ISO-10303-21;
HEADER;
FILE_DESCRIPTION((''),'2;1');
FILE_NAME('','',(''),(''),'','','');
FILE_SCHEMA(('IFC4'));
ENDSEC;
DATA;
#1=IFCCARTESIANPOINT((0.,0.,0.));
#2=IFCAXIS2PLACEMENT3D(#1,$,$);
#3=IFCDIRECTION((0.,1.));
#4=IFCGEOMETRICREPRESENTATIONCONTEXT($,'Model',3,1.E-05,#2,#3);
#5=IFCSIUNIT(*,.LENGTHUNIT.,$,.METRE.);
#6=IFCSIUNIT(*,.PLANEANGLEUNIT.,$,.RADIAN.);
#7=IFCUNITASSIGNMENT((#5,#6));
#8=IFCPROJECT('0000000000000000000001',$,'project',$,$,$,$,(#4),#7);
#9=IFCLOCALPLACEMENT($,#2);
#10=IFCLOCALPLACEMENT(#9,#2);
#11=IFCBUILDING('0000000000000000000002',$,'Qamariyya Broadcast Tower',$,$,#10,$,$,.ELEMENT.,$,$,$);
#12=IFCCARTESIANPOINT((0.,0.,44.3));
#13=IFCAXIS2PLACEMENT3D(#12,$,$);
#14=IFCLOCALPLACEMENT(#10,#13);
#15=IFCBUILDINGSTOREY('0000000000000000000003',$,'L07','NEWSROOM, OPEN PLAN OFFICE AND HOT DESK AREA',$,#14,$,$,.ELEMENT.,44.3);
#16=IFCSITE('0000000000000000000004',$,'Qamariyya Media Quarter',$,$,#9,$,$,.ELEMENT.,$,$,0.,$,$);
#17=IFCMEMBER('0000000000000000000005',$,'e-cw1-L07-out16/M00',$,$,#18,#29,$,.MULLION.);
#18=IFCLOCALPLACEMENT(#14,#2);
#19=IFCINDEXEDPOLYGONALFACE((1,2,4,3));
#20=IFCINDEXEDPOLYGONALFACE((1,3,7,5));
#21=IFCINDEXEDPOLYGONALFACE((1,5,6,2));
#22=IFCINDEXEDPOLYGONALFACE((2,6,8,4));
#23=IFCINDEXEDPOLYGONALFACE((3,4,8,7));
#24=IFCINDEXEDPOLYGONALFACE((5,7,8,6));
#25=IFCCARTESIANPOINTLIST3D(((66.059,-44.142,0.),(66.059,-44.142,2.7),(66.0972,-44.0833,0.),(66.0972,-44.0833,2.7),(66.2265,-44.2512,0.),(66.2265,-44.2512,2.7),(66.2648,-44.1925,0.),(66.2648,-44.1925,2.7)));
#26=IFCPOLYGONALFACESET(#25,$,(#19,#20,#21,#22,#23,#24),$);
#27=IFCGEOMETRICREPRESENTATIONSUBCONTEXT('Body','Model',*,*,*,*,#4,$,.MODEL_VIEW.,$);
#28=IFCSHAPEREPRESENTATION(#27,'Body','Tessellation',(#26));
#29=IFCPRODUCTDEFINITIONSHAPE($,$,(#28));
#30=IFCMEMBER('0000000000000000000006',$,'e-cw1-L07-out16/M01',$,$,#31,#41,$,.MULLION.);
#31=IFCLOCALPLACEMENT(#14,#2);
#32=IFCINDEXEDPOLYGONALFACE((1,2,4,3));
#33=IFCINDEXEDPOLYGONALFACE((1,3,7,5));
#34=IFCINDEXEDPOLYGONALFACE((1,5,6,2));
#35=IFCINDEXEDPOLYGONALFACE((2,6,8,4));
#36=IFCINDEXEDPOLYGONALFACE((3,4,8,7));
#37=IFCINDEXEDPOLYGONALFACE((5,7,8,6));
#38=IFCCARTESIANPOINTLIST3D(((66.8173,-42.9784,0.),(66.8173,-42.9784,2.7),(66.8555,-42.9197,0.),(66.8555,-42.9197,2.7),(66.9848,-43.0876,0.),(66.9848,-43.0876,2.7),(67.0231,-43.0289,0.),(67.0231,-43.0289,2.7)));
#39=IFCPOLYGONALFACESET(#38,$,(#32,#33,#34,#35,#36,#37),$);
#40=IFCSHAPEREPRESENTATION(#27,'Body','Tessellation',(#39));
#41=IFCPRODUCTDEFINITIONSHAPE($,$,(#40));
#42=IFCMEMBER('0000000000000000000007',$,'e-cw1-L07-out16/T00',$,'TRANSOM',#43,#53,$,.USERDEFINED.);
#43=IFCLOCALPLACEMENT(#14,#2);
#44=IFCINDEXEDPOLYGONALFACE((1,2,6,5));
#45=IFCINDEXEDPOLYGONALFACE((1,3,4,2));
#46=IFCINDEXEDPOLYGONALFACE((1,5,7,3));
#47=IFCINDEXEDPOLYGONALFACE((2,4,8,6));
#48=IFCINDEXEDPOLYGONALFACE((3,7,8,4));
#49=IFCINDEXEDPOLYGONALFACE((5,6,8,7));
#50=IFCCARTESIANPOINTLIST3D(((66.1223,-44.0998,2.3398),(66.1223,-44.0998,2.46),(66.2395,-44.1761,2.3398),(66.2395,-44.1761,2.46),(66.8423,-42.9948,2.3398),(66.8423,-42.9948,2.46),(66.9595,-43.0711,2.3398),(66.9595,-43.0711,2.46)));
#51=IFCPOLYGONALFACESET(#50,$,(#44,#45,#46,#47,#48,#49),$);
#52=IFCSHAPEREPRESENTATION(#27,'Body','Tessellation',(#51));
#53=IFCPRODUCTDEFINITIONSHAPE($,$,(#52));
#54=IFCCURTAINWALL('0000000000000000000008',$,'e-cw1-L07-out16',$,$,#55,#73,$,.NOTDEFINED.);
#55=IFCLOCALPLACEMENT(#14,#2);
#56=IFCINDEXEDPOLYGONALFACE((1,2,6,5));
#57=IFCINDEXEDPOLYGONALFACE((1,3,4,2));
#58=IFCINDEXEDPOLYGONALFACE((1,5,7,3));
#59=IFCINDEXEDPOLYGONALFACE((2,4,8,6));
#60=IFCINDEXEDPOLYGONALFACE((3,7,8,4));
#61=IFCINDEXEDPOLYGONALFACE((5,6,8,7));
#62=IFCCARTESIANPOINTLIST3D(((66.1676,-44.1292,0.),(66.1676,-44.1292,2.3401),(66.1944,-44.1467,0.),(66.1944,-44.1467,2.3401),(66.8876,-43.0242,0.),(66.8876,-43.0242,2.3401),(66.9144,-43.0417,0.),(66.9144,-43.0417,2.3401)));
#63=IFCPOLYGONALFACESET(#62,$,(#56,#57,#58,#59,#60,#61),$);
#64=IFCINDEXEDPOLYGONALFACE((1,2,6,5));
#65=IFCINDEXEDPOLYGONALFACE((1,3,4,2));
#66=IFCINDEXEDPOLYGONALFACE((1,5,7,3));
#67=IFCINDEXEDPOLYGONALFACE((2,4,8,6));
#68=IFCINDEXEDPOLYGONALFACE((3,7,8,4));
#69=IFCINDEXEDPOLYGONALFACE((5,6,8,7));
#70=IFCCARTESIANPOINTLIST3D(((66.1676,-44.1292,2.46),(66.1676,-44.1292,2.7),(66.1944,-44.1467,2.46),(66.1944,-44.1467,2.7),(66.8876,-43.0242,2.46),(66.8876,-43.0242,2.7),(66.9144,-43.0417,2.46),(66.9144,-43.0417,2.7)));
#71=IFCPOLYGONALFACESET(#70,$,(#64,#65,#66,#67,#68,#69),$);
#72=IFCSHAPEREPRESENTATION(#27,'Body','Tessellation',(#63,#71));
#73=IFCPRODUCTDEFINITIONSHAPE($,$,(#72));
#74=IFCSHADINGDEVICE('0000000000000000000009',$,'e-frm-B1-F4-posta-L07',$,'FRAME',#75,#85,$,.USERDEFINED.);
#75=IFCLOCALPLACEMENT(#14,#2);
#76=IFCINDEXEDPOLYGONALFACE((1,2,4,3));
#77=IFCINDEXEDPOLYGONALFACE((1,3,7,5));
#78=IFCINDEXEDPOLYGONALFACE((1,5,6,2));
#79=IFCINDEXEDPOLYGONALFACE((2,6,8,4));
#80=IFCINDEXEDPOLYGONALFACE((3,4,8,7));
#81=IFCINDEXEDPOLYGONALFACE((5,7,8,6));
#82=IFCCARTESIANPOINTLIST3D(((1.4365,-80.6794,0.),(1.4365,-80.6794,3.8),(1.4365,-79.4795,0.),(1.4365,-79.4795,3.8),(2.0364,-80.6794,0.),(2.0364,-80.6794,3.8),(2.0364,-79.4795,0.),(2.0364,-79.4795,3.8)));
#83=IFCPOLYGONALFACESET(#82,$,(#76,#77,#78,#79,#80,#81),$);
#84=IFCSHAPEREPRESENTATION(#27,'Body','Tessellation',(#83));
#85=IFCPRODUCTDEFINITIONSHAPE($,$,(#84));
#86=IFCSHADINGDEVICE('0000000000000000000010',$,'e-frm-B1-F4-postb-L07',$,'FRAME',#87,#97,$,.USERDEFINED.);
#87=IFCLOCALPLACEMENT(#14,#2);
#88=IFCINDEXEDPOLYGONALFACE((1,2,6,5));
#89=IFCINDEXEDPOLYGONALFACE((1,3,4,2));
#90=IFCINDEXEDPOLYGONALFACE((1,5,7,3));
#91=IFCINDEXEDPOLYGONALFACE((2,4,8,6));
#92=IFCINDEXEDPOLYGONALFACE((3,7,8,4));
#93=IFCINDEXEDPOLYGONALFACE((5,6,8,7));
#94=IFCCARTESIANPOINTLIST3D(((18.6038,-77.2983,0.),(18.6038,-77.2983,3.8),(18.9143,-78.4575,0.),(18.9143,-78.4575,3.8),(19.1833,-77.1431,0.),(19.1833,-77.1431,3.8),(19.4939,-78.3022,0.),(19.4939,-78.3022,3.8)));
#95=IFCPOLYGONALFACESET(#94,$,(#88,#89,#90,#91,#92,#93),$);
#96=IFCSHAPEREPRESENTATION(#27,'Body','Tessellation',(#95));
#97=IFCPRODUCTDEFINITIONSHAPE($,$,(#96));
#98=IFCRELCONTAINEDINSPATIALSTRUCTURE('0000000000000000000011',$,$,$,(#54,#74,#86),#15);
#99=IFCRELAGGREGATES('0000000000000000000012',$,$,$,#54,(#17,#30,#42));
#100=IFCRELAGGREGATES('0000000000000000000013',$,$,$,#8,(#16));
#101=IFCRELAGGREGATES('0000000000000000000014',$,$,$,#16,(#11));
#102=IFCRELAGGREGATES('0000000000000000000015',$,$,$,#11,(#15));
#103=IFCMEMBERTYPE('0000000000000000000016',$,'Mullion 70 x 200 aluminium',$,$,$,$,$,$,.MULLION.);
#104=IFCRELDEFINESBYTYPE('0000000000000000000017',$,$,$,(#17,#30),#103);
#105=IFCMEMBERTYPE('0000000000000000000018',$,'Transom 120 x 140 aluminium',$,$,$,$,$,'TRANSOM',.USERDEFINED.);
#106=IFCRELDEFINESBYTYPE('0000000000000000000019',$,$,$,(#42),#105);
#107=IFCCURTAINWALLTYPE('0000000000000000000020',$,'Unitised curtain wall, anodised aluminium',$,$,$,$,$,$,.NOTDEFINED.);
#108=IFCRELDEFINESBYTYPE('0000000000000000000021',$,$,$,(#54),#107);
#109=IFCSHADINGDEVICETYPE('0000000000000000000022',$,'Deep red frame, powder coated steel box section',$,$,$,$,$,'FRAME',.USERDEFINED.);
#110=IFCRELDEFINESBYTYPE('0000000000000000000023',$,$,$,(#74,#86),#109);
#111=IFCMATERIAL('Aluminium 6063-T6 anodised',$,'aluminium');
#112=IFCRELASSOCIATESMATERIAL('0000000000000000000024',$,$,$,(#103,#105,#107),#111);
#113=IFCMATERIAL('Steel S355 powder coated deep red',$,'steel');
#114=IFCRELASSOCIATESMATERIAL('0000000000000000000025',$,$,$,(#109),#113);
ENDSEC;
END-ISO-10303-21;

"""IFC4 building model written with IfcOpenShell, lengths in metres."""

from ifc_helpers import new_model, si_unit, direction, frame, origin, origin_2d, place, context, subcontext, project, spatial, polyline, rectangle, outline, extrude, material, material_profile, profile_set, type_object, element, aggregate, save


model = new_model("IFC4")

# Units and contexts
model_context = context("Model", 3, precision=1e-05, world=origin(), true_north=direction((0.0, 1.0)))
body_context = subcontext(model_context, "Body", "Model", "MODEL_VIEW")
ifc_project = project(units=[si_unit("LENGTHUNIT", "METRE"), si_unit("PLANEANGLEUNIT", "RADIAN")], contexts=[model_context])

# Members
ifc_material_1 = material(Name="Aluminium 6063-T6 anodised", Category="aluminium")
ifc_material_profile_1 = material_profile(ifc_material_1, rectangle(XDim=0.2, YDim=0.0701, at=origin_2d()))
ifc_profile_set_1 = profile_set([ifc_material_profile_1], Name="Aluminium 6063-T6 anodised")
member_type_1 = type_object("IfcMemberType", Name="Mullion 70 x 200 aluminium", PredefinedType="MULLION", material=ifc_profile_set_1)
site_placement = place(None, origin())
building_placement = place(site_placement, origin())
storey_placement = place(building_placement, frame((0.0, 0.0, 44.3)))
member_1_placement = place(storey_placement, frame((66.1619, -44.1672, 0.0), z_axis=(0.0, 0.0, 1.0), x_axis=(-0.837844, 0.545909, 0.0)))
member_1 = element("IfcMember", 1, at=member_1_placement, type_object=member_type_1, Name="e-cw1-L07-out16/M00", PredefinedType="MULLION", context=body_context, shape_type="SweptSolid", body=[
    extrude(rectangle(XDim=0.2, YDim=0.0701, at=origin_2d()), origin(), (0.0, 0.0, 1.0), 2.7),
])
member_2_placement = place(storey_placement, frame((66.9202, -43.0037, 0.0), z_axis=(0.0, 0.0, 1.0), x_axis=(-0.837844, 0.545909, 0.0)))
member_2 = element("IfcMember", 2, at=member_2_placement, type_object=member_type_1, Name="e-cw1-L07-out16/M01", PredefinedType="MULLION", context=body_context, shape_type="SweptSolid", body=[
    extrude(rectangle(XDim=0.2, YDim=0.0701, at=origin_2d()), origin(), (0.0, 0.0, 1.0), 2.7),
])
ifc_material_profile_2 = material_profile(ifc_material_1, rectangle(XDim=0.1399, YDim=0.1201, at=origin_2d()))
ifc_profile_set_2 = profile_set([ifc_material_profile_2], Name="Aluminium 6063-T6 anodised")
member_type_2 = type_object("IfcMemberType", Name="Transom 120 x 140 aluminium", ElementType="TRANSOM", PredefinedType="USERDEFINED", material=ifc_profile_set_2)
member_3_placement = place(storey_placement, frame((66.1809, -44.1379, 2.3999), z_axis=(0.545912, 0.837843, 0.0), x_axis=(-0.837843, 0.545912, 0.0)))
member_3 = element("IfcMember", 3, at=member_3_placement, type_object=member_type_2, Name="e-cw1-L07-out16/T00", ObjectType="TRANSOM", PredefinedType="USERDEFINED", context=body_context, shape_type="SweptSolid", body=[
    extrude(rectangle(XDim=0.1399, YDim=0.1201, at=origin_2d()), origin(), (0.0, 0.0, 1.0), 1.3188),
])

# Site, building, storey
site = spatial("IfcSite", under=ifc_project, at=site_placement, Name="Qamariyya Media Quarter", CompositionType="ELEMENT", RefElevation=0.0)
building = spatial("IfcBuilding", under=site, at=building_placement, Name="Qamariyya Broadcast Tower", CompositionType="ELEMENT")
storey = spatial("IfcBuildingStorey", under=building, at=storey_placement, Name="L07", Description="NEWSROOM, OPEN PLAN OFFICE AND HOT DESK AREA", CompositionType="ELEMENT", Elevation=44.3)

# Curtain wall
curtain_wall_type = type_object("IfcCurtainWallType", Name="Unitised curtain wall, anodised aluminium", PredefinedType="NOTDEFINED", material=ifc_material_1)
curtain_wall_1_placement = place(storey_placement, origin())
curtain_wall_1 = element("IfcCurtainWall", 4, at=curtain_wall_1_placement, inside=storey, type_object=curtain_wall_type, Name="e-cw1-L07-out16", PredefinedType="NOTDEFINED", context=body_context, shape_type="SweptSolid", body=[
    extrude(rectangle(XDim=1.3188, YDim=0.032, at=origin_2d()), frame((66.541, -43.5854, 0.0), x_axis=(0.545941, 0.837824, 0.0)), (0.0, 0.0, 1.0), 2.3401),
    extrude(rectangle(XDim=1.3188, YDim=0.032, at=origin_2d()), frame((66.541, -43.5854, 2.46), x_axis=(0.545941, 0.837824, 0.0)), (0.0, 0.0, 1.0), 0.24),
])
aggregate(curtain_wall_1, [member_1, member_2, member_3])

# Shading devices
ifc_material_2 = material(Name="Steel S355 powder coated deep red", Category="steel")
shading_device_type = type_object("IfcShadingDeviceType", Name="Deep red frame, powder coated steel box section", ElementType="FRAME", PredefinedType="USERDEFINED", material=ifc_material_2)
shading_device_1_placement = place(storey_placement, origin())
element("IfcShadingDevice", 5, at=shading_device_1_placement, inside=storey, type_object=shading_device_type, Name="e-frm-B1-F4-posta-L07", ObjectType="FRAME", PredefinedType="USERDEFINED", context=body_context, shape_type="SweptSolid", body=[
    extrude(outline(polyline([(1.4365, -79.4795), (1.4365, -80.6794), (2.0364, -80.6794), (2.0364, -79.4795), (1.4365, -79.4795)])), origin(), (0.0, 0.0, 1.0), 3.8),
])
shading_device_2_placement = place(storey_placement, origin())
element("IfcShadingDevice", 6, at=shading_device_2_placement, inside=storey, type_object=shading_device_type, Name="e-frm-B1-F4-postb-L07", ObjectType="FRAME", PredefinedType="USERDEFINED", context=body_context, shape_type="SweptSolid", body=[
    extrude(outline(polyline([(18.6038, -77.2983), (18.9143, -78.4575), (19.4939, -78.3022), (19.1833, -77.1431), (18.6038, -77.2983)])), origin(), (0.0, 0.0, 1.0), 3.8),
])

save(model, "model.ifc")
